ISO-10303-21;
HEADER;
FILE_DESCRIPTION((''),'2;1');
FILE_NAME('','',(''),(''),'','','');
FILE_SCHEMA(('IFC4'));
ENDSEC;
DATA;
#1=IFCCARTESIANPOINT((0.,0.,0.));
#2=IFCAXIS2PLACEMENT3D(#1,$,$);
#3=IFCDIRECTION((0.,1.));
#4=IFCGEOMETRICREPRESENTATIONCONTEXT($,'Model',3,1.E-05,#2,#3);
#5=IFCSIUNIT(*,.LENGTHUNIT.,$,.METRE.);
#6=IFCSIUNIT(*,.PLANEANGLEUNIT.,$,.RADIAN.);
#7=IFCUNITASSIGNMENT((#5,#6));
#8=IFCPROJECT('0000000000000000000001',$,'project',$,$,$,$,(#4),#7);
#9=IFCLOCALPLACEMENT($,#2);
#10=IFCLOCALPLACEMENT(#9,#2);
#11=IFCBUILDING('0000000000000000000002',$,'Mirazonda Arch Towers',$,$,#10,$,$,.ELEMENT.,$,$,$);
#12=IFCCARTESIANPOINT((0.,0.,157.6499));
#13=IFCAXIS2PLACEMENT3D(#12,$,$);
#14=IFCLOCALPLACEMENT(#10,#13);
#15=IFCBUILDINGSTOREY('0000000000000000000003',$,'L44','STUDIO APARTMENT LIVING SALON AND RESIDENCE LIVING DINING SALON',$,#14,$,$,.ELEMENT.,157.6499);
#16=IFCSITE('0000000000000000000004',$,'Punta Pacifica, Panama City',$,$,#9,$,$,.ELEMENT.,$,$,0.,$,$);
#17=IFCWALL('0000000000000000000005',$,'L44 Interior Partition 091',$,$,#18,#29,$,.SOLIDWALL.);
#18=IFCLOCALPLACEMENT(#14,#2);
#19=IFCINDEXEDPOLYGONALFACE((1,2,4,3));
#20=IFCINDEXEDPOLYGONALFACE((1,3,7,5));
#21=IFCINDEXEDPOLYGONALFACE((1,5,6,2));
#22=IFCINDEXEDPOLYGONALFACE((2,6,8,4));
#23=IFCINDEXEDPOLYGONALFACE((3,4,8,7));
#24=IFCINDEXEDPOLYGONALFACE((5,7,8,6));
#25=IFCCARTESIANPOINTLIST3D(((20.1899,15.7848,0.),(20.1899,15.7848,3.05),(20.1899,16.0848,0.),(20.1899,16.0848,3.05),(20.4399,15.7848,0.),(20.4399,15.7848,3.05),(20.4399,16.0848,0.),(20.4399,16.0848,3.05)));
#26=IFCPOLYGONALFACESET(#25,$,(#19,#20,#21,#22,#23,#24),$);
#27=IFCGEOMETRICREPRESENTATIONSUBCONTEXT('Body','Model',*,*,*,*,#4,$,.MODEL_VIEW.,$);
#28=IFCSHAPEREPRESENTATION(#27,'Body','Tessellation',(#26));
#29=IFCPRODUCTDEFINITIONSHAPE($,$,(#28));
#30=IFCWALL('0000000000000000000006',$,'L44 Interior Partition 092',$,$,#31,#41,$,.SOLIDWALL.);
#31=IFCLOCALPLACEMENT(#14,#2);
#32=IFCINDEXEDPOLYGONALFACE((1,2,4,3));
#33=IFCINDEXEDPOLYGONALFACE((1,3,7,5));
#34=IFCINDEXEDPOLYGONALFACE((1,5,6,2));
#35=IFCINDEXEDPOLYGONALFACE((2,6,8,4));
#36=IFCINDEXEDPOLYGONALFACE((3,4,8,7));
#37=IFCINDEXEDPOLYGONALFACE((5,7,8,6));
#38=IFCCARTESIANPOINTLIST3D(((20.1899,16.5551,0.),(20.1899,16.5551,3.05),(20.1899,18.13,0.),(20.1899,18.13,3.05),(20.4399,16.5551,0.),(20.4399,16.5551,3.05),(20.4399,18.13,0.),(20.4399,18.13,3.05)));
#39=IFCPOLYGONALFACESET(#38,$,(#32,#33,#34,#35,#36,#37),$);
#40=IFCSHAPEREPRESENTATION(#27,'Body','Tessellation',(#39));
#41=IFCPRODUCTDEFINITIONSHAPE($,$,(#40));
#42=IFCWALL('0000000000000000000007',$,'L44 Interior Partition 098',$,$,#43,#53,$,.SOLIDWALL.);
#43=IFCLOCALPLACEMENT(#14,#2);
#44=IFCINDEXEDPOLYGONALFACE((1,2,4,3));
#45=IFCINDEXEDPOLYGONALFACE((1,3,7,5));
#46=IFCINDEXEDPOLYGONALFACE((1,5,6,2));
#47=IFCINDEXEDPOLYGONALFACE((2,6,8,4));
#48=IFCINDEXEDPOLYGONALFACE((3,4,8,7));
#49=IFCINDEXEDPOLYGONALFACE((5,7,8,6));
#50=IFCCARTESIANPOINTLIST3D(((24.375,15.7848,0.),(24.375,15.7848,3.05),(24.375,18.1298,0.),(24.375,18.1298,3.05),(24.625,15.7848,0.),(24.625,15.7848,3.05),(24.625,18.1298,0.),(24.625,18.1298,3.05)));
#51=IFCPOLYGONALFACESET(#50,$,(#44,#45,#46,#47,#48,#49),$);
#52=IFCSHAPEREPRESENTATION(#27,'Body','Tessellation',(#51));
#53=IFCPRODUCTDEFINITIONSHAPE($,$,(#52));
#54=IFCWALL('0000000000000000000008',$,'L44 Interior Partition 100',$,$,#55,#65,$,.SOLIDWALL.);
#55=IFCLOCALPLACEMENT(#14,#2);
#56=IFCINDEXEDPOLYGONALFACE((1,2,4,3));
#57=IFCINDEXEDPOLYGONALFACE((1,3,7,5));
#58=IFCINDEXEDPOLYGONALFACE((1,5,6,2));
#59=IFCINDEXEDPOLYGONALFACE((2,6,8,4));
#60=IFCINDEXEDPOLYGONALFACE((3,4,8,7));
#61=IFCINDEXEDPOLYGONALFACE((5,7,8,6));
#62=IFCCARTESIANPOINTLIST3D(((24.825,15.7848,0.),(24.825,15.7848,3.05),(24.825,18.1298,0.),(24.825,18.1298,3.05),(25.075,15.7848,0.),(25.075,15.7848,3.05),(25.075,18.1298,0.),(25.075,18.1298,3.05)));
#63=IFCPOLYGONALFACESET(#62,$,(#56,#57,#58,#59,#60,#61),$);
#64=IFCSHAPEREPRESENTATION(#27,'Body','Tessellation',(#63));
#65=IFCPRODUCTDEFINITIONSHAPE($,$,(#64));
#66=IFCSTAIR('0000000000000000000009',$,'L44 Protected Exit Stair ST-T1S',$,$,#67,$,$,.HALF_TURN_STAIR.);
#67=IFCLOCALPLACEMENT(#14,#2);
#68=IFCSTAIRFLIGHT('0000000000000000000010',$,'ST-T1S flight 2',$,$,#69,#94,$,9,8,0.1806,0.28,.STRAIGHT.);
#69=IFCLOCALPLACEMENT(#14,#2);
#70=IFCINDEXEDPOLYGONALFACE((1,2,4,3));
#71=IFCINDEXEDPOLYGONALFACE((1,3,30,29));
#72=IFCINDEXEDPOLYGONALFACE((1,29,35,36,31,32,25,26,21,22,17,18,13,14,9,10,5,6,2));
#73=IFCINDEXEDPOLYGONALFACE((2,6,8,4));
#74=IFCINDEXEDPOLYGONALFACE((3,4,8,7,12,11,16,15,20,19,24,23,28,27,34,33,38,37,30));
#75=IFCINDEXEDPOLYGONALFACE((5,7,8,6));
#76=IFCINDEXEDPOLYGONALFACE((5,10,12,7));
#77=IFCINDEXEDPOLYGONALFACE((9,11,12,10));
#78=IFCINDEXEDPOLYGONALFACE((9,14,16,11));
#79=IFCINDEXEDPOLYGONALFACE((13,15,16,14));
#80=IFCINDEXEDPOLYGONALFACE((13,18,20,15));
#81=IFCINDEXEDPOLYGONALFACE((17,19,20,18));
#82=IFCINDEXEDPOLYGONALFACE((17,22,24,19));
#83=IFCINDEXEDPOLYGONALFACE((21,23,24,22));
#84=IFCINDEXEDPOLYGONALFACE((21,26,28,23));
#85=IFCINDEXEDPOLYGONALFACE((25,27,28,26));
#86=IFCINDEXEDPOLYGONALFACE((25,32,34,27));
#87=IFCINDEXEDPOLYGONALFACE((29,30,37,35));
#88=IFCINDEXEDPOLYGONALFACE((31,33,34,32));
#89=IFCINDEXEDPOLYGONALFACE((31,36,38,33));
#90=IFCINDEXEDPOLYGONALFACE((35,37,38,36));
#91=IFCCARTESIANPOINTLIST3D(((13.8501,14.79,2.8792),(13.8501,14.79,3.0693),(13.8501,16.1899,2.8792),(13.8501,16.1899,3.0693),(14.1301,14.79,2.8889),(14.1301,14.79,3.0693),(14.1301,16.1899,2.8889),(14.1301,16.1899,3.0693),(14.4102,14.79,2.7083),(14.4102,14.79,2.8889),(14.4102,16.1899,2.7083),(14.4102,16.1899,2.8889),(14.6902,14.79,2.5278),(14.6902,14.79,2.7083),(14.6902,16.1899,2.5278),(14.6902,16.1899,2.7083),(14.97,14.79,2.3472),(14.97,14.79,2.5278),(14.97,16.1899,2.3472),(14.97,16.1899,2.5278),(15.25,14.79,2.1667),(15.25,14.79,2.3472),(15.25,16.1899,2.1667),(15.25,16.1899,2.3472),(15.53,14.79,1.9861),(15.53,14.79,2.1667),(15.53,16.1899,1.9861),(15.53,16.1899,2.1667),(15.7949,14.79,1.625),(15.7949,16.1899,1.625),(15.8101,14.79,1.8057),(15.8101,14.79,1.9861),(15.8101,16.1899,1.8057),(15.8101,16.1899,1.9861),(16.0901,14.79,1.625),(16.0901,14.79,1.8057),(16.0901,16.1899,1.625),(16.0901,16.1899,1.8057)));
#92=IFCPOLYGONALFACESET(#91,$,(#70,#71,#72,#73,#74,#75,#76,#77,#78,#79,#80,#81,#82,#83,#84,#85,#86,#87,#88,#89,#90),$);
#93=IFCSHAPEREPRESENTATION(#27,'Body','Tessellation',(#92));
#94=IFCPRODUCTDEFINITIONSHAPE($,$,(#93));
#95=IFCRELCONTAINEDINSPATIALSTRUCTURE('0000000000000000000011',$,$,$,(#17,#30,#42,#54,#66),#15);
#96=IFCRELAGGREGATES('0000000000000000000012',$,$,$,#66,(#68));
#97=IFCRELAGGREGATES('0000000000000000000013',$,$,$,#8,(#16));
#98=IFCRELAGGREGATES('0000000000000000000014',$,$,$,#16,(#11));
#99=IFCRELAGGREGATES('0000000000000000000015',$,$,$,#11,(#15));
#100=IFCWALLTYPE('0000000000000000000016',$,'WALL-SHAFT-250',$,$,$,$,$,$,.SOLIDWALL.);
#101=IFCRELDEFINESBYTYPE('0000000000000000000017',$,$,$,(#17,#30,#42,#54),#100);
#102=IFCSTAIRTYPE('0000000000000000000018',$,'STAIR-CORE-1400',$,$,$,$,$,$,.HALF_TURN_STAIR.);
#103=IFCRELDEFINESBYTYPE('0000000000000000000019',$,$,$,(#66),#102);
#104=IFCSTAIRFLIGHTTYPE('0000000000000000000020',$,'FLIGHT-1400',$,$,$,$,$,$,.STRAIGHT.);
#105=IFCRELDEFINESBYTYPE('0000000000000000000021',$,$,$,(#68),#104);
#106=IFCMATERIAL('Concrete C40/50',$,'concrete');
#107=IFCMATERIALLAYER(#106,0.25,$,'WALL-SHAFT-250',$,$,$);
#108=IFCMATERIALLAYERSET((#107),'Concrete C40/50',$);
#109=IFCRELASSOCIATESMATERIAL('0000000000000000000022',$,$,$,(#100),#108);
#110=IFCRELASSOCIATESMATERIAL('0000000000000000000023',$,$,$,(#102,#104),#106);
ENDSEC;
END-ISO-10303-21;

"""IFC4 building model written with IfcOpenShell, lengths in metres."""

from ifc_helpers import new_model, si_unit, direction, frame, frame_2d, origin, place, context, subcontext, project, spatial, polyline, rectangle, outline, extrude, material, layer, layer_set, type_object, element, aggregate, save


model = new_model("IFC4")

# Units and contexts
model_context = context("Model", 3, precision=1e-05, world=origin(), true_north=direction((0.0, 1.0)))
body_context = subcontext(model_context, "Body", "Model", "MODEL_VIEW")
ifc_project = project(units=[si_unit("LENGTHUNIT", "METRE"), si_unit("PLANEANGLEUNIT", "RADIAN")], contexts=[model_context])

# Site, building, storey
site_placement = place(None, origin())
site = spatial("IfcSite", under=ifc_project, at=site_placement, Name="Punta Pacifica, Panama City", CompositionType="ELEMENT", RefElevation=0.0)
building_placement = place(site_placement, origin())
building = spatial("IfcBuilding", under=site, at=building_placement, Name="Mirazonda Arch Towers", CompositionType="ELEMENT")
storey_placement = place(building_placement, frame((0.0, 0.0, 157.6499)))
storey = spatial("IfcBuildingStorey", under=building, at=storey_placement, Name="L44", Description="STUDIO APARTMENT LIVING SALON AND RESIDENCE LIVING DINING SALON", CompositionType="ELEMENT", Elevation=157.6499)

# Walls
ifc_material_1 = material(Name="Concrete C40/50", Category="concrete")
ifc_layer_1 = layer(ifc_material_1, 0.25, Name="WALL-SHAFT-250")
ifc_layer_set_1 = layer_set([ifc_layer_1], Name="Concrete C40/50")
wall_type_1 = type_object("IfcWallType", Name="WALL-SHAFT-250", PredefinedType="SOLIDWALL", material=ifc_layer_set_1)
wall_1_placement = place(storey_placement, frame((20.3149, 15.7849, 0.0), z_axis=(0.0, 0.0, 1.0), x_axis=(0.0, 1.0, 0.0)))
element("IfcWall", 1, at=wall_1_placement, inside=storey, type_object=wall_type_1, Name="L44 Interior Partition 091", PredefinedType="SOLIDWALL", context=body_context, shape_type="SweptSolid", body=[
    extrude(rectangle(XDim=0.3, YDim=0.25, at=frame_2d((0.1499, 0.0))), origin(), (0.0, 0.0, 1.0), 3.05),
])
wall_2_placement = place(storey_placement, frame((20.3149, 16.5549, 0.0), z_axis=(0.0, 0.0, 1.0), x_axis=(0.0, 1.0, 0.0)))
element("IfcWall", 2, at=wall_2_placement, inside=storey, type_object=wall_type_1, Name="L44 Interior Partition 092", PredefinedType="SOLIDWALL", context=body_context, shape_type="SweptSolid", body=[
    extrude(rectangle(XDim=1.575, YDim=0.25, at=frame_2d((0.7876, 0.0))), origin(), (0.0, 0.0, 1.0), 3.05),
])
for number, where, z_axis, x_axis, name in (
    (3, (24.5, 15.7849, 0.0), (0.0, 0.0, 1.0), (0.0, 1.0, 0.0), "L44 Interior Partition 098"),
    (4, (24.95, 15.7849, 0.0), (0.0, 0.0, 1.0), (0.0, 1.0, 0.0), "L44 Interior Partition 100"),
):
    element("IfcWall", number, at=place(storey_placement, frame(where, z_axis=z_axis, x_axis=x_axis)), inside=storey, type_object=wall_type_1, Name=name, PredefinedType="SOLIDWALL", context=body_context, shape_type="SweptSolid", body=[
        extrude(rectangle(XDim=2.345, YDim=0.25, at=frame_2d((1.1724, 0.0))), origin(), (0.0, 0.0, 1.0), 3.05),
    ])

# Stair, stair flight
stair_type = type_object("IfcStairType", Name="STAIR-CORE-1400", PredefinedType="HALF_TURN_STAIR", material=ifc_material_1)
stair_placement = place(storey_placement, origin())
stair = element("IfcStair", 5, at=stair_placement, inside=storey, type_object=stair_type, Name="L44 Protected Exit Stair ST-T1S", PredefinedType="HALF_TURN_STAIR")
stair_flight_type = type_object("IfcStairFlightType", Name="FLIGHT-1400", PredefinedType="STRAIGHT", material=ifc_material_1)
stair_flight_placement = place(storey_placement, frame((16.0901, 15.49, 1.625), z_axis=(0.0, 0.0, 1.0), x_axis=(-1.0, 0.0, 0.0)))
stair_flight = element("IfcStairFlight", 6, at=stair_flight_placement, type_object=stair_flight_type, Name="ST-T1S flight 2", NumberOfRisers=9, NumberOfTreads=8, PredefinedType="STRAIGHT", RiserHeight=0.1806, TreadLength=0.28, context=body_context, shape_type="SweptSolid", body=[
    extrude(outline(polyline([(0.0, 0.0), (0.0, 0.1807), (0.28, 0.1807), (0.28, 0.3611), (0.5601, 0.3611), (0.5601, 0.5417), (0.8401, 0.5417), (0.8401, 0.7222), (1.1201, 0.7222), (1.1201, 0.9028), (1.3999, 0.9028), (1.3999, 1.0833), (1.6799, 1.0833), (1.6799, 1.2639), (1.96, 1.2639), (1.96, 1.4443), (2.24, 1.4443), (2.24, 1.625), (2.24, 1.2542), (0.2952, 0.0), (0.0, 0.0)])), frame((0.0, 0.7, 0.0), z_axis=(0.0, -1.0, 0.0), x_axis=(1.0, 0.0, 0.0)), (0.0, 0.0, 1.0), 1.3999),
])
aggregate(stair, [stair_flight])

save(model, "model.ifc")
